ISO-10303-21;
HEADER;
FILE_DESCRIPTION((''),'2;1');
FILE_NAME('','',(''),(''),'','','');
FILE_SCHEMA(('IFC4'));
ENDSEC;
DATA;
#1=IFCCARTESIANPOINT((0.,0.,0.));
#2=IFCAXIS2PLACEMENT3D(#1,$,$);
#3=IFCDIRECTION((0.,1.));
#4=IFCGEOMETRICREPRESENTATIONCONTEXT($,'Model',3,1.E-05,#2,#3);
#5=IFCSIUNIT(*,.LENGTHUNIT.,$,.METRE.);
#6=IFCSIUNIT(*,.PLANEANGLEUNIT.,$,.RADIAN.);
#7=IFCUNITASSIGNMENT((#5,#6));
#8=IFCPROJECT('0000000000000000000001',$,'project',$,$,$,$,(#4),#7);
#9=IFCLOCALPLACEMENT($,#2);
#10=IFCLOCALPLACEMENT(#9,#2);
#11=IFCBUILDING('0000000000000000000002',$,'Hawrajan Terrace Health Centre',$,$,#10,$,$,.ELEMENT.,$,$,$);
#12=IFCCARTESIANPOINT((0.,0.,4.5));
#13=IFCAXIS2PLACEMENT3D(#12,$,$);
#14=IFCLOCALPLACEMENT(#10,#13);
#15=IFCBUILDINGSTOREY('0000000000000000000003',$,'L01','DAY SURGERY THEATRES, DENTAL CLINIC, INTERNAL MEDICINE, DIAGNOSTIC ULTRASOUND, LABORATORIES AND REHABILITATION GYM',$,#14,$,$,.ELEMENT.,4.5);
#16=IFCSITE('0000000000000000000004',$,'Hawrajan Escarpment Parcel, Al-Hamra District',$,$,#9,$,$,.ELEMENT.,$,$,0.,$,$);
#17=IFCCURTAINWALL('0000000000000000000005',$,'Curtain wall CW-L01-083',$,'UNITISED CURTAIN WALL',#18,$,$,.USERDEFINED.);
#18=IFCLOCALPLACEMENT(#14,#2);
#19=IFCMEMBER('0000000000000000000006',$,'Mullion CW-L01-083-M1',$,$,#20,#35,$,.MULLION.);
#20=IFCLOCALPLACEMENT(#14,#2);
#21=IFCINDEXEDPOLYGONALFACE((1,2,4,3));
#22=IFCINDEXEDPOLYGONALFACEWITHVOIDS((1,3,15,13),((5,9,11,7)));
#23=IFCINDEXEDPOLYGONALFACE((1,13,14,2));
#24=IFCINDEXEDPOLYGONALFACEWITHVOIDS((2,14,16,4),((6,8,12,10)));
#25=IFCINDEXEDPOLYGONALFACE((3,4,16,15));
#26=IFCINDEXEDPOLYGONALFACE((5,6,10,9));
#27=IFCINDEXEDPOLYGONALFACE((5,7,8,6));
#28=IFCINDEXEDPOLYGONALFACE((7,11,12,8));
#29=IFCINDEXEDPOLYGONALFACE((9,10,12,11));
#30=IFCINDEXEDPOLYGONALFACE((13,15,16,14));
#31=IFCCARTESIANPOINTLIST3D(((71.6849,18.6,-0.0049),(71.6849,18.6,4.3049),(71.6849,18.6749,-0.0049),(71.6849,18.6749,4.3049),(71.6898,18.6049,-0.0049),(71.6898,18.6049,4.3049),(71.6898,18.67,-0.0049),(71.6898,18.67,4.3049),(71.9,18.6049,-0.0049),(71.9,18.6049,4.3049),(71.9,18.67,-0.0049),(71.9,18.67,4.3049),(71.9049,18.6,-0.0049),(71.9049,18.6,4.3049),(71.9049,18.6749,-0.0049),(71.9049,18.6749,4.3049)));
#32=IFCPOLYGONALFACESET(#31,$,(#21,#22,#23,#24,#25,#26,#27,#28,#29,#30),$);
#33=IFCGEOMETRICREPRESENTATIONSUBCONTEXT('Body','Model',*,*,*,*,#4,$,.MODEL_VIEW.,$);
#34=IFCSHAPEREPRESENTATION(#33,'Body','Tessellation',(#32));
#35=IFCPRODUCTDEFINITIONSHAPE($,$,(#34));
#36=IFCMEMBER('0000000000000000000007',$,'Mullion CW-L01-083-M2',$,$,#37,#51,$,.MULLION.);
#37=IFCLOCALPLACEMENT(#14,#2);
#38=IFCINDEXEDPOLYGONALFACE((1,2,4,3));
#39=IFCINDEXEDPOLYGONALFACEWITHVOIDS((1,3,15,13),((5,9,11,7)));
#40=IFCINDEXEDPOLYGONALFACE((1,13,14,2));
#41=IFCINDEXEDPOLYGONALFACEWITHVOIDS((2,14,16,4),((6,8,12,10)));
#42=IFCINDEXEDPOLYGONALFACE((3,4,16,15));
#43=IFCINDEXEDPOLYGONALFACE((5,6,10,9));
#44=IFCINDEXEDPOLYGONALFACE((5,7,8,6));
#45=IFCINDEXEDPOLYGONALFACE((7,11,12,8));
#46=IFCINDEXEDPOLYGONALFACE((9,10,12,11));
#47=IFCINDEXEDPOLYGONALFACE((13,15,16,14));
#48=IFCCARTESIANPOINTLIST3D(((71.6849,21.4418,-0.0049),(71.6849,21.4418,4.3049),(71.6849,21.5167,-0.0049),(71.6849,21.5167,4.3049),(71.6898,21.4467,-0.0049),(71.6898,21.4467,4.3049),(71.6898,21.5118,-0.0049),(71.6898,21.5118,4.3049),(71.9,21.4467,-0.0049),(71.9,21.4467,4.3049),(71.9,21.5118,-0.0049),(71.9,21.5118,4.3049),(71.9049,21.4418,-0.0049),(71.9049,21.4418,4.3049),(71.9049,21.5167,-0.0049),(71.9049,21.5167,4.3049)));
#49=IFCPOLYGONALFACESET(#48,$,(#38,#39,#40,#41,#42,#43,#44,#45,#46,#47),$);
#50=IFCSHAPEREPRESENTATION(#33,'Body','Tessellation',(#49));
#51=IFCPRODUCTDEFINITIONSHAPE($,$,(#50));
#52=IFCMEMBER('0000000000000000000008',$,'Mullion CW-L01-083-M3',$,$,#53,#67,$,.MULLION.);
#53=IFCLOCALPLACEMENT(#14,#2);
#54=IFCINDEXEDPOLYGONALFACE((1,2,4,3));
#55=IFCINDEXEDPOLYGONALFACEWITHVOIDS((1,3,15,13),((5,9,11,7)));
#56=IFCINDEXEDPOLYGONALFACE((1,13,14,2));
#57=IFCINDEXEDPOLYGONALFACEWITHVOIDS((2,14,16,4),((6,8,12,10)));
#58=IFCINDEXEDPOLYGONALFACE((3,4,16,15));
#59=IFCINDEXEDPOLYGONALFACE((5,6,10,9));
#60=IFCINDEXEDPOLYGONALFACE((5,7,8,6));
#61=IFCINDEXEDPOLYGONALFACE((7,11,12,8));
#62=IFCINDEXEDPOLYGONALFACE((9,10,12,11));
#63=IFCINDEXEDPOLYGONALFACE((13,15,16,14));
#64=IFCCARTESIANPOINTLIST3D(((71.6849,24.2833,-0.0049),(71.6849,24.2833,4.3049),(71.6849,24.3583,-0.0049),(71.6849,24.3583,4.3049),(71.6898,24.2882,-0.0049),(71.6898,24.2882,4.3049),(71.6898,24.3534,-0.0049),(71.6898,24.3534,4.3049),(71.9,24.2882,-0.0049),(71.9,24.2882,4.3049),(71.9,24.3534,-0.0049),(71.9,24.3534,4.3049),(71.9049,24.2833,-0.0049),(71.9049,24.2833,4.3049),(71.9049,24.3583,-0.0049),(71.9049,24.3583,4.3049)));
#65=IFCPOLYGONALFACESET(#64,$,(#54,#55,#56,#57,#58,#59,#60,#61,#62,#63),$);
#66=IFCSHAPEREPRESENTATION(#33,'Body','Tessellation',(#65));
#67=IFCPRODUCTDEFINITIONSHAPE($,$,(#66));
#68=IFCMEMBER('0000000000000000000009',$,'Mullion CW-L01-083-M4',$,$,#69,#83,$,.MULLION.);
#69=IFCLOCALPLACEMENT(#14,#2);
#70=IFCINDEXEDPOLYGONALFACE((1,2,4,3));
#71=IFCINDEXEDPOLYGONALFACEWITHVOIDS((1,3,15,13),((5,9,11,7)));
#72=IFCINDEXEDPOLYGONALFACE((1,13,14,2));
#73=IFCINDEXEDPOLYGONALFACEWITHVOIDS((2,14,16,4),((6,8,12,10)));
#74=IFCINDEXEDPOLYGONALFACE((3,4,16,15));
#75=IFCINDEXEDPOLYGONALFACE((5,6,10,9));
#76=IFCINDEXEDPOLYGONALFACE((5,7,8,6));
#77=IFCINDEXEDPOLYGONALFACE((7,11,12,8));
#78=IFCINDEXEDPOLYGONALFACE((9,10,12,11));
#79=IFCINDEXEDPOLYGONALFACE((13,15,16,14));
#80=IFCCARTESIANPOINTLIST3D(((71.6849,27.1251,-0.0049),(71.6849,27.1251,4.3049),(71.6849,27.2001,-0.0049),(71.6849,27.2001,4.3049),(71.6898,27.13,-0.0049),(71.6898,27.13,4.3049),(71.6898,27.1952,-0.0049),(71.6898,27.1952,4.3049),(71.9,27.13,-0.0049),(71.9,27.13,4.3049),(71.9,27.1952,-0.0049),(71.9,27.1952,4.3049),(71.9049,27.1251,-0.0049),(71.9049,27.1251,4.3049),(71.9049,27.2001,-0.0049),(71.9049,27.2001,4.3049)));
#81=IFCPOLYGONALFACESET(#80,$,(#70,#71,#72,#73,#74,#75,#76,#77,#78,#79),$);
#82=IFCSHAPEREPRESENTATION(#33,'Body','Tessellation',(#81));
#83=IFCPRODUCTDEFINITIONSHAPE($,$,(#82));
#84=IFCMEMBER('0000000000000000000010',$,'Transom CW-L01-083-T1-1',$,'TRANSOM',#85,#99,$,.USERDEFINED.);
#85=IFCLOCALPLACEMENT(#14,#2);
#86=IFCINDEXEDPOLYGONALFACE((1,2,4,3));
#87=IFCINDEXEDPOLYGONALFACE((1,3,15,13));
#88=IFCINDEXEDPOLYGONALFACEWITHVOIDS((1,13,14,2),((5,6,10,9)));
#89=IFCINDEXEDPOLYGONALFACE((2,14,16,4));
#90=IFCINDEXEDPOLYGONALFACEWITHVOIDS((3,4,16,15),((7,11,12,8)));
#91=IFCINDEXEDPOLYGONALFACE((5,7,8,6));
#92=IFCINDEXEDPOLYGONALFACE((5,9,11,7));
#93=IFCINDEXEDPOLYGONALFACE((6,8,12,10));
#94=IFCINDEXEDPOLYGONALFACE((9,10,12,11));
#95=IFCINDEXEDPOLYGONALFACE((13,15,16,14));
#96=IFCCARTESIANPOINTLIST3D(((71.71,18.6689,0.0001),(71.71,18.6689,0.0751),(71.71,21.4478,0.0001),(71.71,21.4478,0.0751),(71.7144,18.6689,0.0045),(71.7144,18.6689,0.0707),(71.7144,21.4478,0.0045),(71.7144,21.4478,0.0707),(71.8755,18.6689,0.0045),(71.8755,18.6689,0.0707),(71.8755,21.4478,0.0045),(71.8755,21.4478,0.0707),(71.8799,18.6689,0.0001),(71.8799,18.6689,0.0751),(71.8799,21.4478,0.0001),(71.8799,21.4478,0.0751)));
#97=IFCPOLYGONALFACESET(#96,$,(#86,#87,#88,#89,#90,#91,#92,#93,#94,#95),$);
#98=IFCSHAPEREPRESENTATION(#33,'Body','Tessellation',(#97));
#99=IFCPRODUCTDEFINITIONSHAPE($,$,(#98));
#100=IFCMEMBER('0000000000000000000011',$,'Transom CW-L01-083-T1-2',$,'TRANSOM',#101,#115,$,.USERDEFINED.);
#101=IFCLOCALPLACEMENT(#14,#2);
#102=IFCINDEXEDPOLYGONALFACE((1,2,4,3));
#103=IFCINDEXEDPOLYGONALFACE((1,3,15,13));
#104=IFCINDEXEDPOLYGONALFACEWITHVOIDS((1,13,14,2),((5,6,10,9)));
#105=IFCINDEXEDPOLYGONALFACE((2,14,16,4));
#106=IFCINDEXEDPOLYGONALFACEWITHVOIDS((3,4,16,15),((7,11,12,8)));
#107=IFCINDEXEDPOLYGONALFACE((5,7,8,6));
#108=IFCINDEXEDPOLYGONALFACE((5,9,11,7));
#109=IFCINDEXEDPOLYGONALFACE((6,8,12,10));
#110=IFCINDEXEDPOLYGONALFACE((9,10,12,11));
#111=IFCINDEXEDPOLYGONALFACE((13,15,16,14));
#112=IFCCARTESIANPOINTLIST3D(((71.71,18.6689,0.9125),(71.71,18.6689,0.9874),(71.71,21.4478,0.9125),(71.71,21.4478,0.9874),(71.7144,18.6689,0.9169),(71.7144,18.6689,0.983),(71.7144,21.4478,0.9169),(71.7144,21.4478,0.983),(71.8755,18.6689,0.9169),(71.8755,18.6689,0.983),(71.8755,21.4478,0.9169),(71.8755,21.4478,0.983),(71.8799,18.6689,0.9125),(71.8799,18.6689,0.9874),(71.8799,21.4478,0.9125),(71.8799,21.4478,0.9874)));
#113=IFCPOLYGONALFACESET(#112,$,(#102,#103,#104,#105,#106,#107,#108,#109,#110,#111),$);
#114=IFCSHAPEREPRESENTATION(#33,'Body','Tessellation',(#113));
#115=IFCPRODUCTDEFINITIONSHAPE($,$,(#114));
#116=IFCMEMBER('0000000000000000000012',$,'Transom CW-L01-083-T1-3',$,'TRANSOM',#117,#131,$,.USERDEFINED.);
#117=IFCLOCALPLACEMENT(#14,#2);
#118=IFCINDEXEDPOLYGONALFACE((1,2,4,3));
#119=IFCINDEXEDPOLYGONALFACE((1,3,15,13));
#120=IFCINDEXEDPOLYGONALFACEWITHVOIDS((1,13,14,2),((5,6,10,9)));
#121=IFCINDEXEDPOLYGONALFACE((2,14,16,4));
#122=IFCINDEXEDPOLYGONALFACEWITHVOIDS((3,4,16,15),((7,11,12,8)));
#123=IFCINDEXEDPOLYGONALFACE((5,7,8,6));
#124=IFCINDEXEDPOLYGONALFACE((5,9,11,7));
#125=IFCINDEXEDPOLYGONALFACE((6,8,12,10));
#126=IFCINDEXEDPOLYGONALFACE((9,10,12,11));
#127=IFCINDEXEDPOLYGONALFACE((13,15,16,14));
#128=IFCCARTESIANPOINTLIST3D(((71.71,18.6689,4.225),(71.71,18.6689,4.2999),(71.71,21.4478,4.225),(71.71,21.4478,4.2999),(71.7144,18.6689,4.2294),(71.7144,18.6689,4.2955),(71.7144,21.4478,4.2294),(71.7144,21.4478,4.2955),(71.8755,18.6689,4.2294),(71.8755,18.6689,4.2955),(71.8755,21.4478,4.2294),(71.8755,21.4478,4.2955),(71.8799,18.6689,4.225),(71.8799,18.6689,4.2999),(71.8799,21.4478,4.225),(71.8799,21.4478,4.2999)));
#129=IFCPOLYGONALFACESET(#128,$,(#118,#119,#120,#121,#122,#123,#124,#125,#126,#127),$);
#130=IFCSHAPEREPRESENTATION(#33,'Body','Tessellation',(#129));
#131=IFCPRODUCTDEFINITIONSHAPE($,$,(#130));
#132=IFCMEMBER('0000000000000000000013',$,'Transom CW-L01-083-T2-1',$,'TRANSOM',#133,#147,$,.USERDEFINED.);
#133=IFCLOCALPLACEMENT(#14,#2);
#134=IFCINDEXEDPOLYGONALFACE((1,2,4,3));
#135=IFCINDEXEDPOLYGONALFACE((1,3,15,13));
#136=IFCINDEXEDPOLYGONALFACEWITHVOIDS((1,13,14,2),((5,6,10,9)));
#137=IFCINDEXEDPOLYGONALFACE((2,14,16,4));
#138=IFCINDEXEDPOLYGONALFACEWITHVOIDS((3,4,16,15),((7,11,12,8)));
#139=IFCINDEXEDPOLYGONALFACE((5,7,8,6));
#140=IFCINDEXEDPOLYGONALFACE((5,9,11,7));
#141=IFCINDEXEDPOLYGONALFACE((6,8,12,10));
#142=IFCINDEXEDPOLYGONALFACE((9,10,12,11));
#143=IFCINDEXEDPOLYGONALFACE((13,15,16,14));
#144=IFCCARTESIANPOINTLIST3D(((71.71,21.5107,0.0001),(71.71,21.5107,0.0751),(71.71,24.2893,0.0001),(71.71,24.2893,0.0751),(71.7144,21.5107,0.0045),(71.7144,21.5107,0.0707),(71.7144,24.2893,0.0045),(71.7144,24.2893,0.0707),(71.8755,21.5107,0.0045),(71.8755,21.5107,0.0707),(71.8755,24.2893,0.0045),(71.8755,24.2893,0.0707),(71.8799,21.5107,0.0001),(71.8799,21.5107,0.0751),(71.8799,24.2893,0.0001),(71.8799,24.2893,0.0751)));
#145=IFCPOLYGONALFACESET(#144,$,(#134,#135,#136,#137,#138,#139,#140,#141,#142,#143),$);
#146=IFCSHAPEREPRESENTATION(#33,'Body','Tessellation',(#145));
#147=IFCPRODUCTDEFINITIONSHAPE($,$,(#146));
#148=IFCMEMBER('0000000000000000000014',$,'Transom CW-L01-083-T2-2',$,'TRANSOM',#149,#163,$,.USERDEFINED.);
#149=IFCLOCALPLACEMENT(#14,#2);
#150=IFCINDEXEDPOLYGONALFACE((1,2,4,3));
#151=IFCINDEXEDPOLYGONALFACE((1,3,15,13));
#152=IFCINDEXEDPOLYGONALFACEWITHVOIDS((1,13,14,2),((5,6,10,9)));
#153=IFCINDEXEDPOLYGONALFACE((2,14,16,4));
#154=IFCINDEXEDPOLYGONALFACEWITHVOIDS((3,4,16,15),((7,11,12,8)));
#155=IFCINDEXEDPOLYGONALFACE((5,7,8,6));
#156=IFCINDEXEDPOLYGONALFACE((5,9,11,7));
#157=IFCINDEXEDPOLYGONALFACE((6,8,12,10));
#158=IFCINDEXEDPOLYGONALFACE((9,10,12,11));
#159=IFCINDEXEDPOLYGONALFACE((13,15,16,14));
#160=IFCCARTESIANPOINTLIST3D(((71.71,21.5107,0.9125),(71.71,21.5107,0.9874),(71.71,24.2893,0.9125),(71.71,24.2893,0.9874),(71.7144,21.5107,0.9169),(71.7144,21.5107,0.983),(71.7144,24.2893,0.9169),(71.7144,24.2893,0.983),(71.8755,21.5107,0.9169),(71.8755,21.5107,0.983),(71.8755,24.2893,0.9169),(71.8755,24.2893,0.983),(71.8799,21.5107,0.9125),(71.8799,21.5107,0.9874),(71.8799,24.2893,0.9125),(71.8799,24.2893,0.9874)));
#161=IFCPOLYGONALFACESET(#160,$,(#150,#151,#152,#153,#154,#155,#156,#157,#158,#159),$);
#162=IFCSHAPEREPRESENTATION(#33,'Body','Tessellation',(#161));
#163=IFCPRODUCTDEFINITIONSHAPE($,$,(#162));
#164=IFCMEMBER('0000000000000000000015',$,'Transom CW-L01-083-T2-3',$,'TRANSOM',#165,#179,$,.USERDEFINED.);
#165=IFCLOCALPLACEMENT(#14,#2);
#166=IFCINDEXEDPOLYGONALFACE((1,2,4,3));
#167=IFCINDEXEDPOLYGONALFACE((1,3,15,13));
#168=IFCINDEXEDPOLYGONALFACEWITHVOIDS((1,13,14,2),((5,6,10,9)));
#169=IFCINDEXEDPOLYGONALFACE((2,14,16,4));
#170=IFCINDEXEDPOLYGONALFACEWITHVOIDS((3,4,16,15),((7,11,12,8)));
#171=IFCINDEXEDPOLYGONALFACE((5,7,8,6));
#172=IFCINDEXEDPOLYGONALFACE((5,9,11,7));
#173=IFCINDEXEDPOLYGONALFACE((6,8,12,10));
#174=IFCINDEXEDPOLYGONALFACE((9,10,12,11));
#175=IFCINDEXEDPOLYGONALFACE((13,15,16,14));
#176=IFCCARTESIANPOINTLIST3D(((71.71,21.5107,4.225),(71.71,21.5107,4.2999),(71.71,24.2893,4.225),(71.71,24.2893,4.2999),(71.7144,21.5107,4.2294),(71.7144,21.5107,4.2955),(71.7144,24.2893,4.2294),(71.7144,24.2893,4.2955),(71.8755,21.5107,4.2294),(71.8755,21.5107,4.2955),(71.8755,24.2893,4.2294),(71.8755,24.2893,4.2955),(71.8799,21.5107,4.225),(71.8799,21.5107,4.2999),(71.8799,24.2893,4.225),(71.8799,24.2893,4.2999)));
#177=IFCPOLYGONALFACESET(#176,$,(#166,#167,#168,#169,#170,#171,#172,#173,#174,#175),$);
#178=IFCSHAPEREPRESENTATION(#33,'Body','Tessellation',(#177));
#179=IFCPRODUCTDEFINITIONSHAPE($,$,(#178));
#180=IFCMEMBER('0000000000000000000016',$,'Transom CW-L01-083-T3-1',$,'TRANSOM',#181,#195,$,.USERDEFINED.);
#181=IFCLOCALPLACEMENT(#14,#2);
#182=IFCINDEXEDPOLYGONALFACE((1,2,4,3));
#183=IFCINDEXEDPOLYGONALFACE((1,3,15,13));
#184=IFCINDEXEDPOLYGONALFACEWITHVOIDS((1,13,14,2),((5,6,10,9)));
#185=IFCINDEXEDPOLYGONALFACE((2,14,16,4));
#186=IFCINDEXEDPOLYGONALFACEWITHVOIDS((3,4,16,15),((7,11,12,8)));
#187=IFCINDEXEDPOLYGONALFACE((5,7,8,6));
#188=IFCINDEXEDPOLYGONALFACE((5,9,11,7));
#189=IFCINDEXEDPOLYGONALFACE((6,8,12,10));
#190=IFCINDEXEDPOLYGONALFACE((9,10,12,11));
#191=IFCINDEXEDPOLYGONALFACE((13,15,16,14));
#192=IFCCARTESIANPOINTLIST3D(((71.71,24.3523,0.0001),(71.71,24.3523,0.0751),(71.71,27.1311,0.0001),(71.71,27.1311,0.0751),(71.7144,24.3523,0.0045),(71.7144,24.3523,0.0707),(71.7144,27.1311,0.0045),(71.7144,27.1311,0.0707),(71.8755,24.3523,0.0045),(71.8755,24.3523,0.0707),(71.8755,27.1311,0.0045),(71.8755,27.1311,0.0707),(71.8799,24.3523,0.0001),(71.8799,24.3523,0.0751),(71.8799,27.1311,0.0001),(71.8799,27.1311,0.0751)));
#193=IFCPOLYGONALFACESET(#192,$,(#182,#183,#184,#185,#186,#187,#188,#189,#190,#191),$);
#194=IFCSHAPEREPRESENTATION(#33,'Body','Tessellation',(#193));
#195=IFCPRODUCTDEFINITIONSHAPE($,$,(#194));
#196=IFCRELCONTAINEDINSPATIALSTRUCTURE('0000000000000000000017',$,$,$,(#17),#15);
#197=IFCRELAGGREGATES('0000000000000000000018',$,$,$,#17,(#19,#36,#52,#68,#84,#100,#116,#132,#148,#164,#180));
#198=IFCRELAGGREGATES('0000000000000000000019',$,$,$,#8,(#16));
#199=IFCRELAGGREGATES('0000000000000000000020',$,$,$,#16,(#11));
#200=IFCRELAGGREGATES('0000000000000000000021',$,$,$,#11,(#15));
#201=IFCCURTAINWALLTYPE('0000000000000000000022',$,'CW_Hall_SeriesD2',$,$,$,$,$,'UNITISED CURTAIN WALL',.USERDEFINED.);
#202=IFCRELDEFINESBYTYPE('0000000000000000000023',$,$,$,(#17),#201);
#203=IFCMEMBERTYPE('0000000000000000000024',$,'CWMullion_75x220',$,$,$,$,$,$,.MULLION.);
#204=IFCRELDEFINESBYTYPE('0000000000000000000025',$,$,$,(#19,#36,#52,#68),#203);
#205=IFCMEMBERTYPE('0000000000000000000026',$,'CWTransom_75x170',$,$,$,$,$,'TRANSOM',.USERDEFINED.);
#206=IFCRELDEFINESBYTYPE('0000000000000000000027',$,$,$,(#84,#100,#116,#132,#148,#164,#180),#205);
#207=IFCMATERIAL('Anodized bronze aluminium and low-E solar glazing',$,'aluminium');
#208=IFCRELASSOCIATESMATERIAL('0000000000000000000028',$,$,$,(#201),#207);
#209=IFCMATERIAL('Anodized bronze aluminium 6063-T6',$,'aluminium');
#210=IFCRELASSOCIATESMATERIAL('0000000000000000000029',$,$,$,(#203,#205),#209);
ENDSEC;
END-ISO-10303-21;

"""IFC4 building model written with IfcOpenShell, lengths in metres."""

from ifc_helpers import new_model, si_unit, direction, frame, origin, origin_2d, place, context, subcontext, project, spatial, hollow_rectangle, extrude, material, material_profile, profile_set, type_object, element, aggregate, save


model = new_model("IFC4")

# Units and contexts
model_context = context("Model", 3, precision=1e-05, world=origin(), true_north=direction((0.0, 1.0)))
body_context = subcontext(model_context, "Body", "Model", "MODEL_VIEW")
ifc_project = project(units=[si_unit("LENGTHUNIT", "METRE"), si_unit("PLANEANGLEUNIT", "RADIAN")], contexts=[model_context])

# Site, building, storey
site_placement = place(None, origin())
site = spatial("IfcSite", under=ifc_project, at=site_placement, Name="Hawrajan Escarpment Parcel, Al-Hamra District", CompositionType="ELEMENT", RefElevation=0.0)
building_placement = place(site_placement, origin())
building = spatial("IfcBuilding", under=site, at=building_placement, Name="Hawrajan Terrace Health Centre", CompositionType="ELEMENT")
storey_placement = place(building_placement, frame((0.0, 0.0, 4.5)))
storey = spatial("IfcBuildingStorey", under=building, at=storey_placement, Name="L01", Description="DAY SURGERY THEATRES, DENTAL CLINIC, INTERNAL MEDICINE, DIAGNOSTIC ULTRASOUND, LABORATORIES AND REHABILITATION GYM", CompositionType="ELEMENT", Elevation=4.5)

# Curtain wall, members
ifc_material_1 = material(Name="Anodized bronze aluminium and low-E solar glazing", Category="aluminium")
curtain_wall_type = type_object("IfcCurtainWallType", Name="CW_Hall_SeriesD2", ElementType="UNITISED CURTAIN WALL", PredefinedType="USERDEFINED", material=ifc_material_1)
curtain_wall_placement = place(storey_placement, origin())
curtain_wall = element("IfcCurtainWall", 1, at=curtain_wall_placement, inside=storey, type_object=curtain_wall_type, Name="Curtain wall CW-L01-083", ObjectType="UNITISED CURTAIN WALL", PredefinedType="USERDEFINED")
ifc_material_2 = material(Name="Anodized bronze aluminium 6063-T6", Category="aluminium")
ifc_material_profile_1 = material_profile(ifc_material_2, hollow_rectangle(XDim=0.075, YDim=0.22, WallThickness=0.0049, at=origin_2d()), Name="CW MUL 75x220")
ifc_profile_set_1 = profile_set([ifc_material_profile_1], Name="Anodized bronze aluminium 6063-T6")
member_type_1 = type_object("IfcMemberType", Name="CWMullion_75x220", PredefinedType="MULLION", material=ifc_profile_set_1)
member_1_placement = place(storey_placement, frame((71.7949, 18.6375, -0.0049), z_axis=(0.0, 0.0, 1.0), x_axis=(0.0, 1.0, 0.0)))
member_1 = element("IfcMember", 2, at=member_1_placement, type_object=member_type_1, Name="Mullion CW-L01-083-M1", PredefinedType="MULLION", context=body_context, shape_type="SweptSolid", body=[
    extrude(hollow_rectangle(XDim=0.075, YDim=0.22, WallThickness=0.0049, at=origin_2d()), origin(), (0.0, 0.0, 1.0), 4.3098),
])
member_2_placement = place(storey_placement, frame((71.7949, 21.4792, -0.0049), z_axis=(0.0, 0.0, 1.0), x_axis=(0.0, 1.0, 0.0)))
member_2 = element("IfcMember", 3, at=member_2_placement, type_object=member_type_1, Name="Mullion CW-L01-083-M2", PredefinedType="MULLION", context=body_context, shape_type="SweptSolid", body=[
    extrude(hollow_rectangle(XDim=0.075, YDim=0.22, WallThickness=0.0049, at=origin_2d()), origin(), (0.0, 0.0, 1.0), 4.3098),
])
member_3_placement = place(storey_placement, frame((71.7949, 24.3208, -0.0049), z_axis=(0.0, 0.0, 1.0), x_axis=(0.0, 1.0, 0.0)))
member_3 = element("IfcMember", 4, at=member_3_placement, type_object=member_type_1, Name="Mullion CW-L01-083-M3", PredefinedType="MULLION", context=body_context, shape_type="SweptSolid", body=[
    extrude(hollow_rectangle(XDim=0.075, YDim=0.22, WallThickness=0.0049, at=origin_2d()), origin(), (0.0, 0.0, 1.0), 4.3098),
])
member_4_placement = place(storey_placement, frame((71.7949, 27.1626, -0.0049), z_axis=(0.0, 0.0, 1.0), x_axis=(0.0, 1.0, 0.0)))
member_4 = element("IfcMember", 5, at=member_4_placement, type_object=member_type_1, Name="Mullion CW-L01-083-M4", PredefinedType="MULLION", context=body_context, shape_type="SweptSolid", body=[
    extrude(hollow_rectangle(XDim=0.075, YDim=0.22, WallThickness=0.0049, at=origin_2d()), origin(), (0.0, 0.0, 1.0), 4.3098),
])
ifc_material_profile_2 = material_profile(ifc_material_2, hollow_rectangle(XDim=0.075, YDim=0.1699, WallThickness=0.0044, at=origin_2d()), Name="CW TRN 75x170")
ifc_profile_set_2 = profile_set([ifc_material_profile_2], Name="Anodized bronze aluminium 6063-T6")
member_type_2 = type_object("IfcMemberType", Name="CWTransom_75x170", ElementType="TRANSOM", PredefinedType="USERDEFINED", material=ifc_profile_set_2)
member_5_placement = place(storey_placement, frame((71.7949, 18.6689, 0.0376), z_axis=(0.0, 1.0, 0.0), x_axis=(0.0, 0.0, 1.0)))
member_5 = element("IfcMember", 6, at=member_5_placement, type_object=member_type_2, Name="Transom CW-L01-083-T1-1", ObjectType="TRANSOM", PredefinedType="USERDEFINED", context=body_context, shape_type="SweptSolid", body=[
    extrude(hollow_rectangle(XDim=0.075, YDim=0.1699, WallThickness=0.0044, at=origin_2d()), origin(), (0.0, 0.0, 1.0), 2.7788),
])
member_6_placement = place(storey_placement, frame((71.7949, 18.6689, 0.95), z_axis=(0.0, 1.0, 0.0), x_axis=(0.0, 0.0, 1.0)))
member_6 = element("IfcMember", 7, at=member_6_placement, type_object=member_type_2, Name="Transom CW-L01-083-T1-2", ObjectType="TRANSOM", PredefinedType="USERDEFINED", context=body_context, shape_type="SweptSolid", body=[
    extrude(hollow_rectangle(XDim=0.075, YDim=0.1699, WallThickness=0.0044, at=origin_2d()), origin(), (0.0, 0.0, 1.0), 2.7788),
])
member_7_placement = place(storey_placement, frame((71.7949, 18.6689, 4.2625), z_axis=(0.0, 1.0, 0.0), x_axis=(0.0, 0.0, 1.0)))
member_7 = element("IfcMember", 8, at=member_7_placement, type_object=member_type_2, Name="Transom CW-L01-083-T1-3", ObjectType="TRANSOM", PredefinedType="USERDEFINED", context=body_context, shape_type="SweptSolid", body=[
    extrude(hollow_rectangle(XDim=0.075, YDim=0.1699, WallThickness=0.0044, at=origin_2d()), origin(), (0.0, 0.0, 1.0), 2.7788),
])
member_8_placement = place(storey_placement, frame((71.7949, 21.5107, 0.0376), z_axis=(0.0, 1.0, 0.0), x_axis=(0.0, 0.0, 1.0)))
member_8 = element("IfcMember", 9, at=member_8_placement, type_object=member_type_2, Name="Transom CW-L01-083-T2-1", ObjectType="TRANSOM", PredefinedType="USERDEFINED", context=body_context, shape_type="SweptSolid", body=[
    extrude(hollow_rectangle(XDim=0.075, YDim=0.1699, WallThickness=0.0044, at=origin_2d()), origin(), (0.0, 0.0, 1.0), 2.7786),
])
member_9_placement = place(storey_placement, frame((71.7949, 21.5107, 0.95), z_axis=(0.0, 1.0, 0.0), x_axis=(0.0, 0.0, 1.0)))
member_9 = element("IfcMember", 10, at=member_9_placement, type_object=member_type_2, Name="Transom CW-L01-083-T2-2", ObjectType="TRANSOM", PredefinedType="USERDEFINED", context=body_context, shape_type="SweptSolid", body=[
    extrude(hollow_rectangle(XDim=0.075, YDim=0.1699, WallThickness=0.0044, at=origin_2d()), origin(), (0.0, 0.0, 1.0), 2.7786),
])
member_10_placement = place(storey_placement, frame((71.7949, 21.5107, 4.2625), z_axis=(0.0, 1.0, 0.0), x_axis=(0.0, 0.0, 1.0)))
member_10 = element("IfcMember", 11, at=member_10_placement, type_object=member_type_2, Name="Transom CW-L01-083-T2-3", ObjectType="TRANSOM", PredefinedType="USERDEFINED", context=body_context, shape_type="SweptSolid", body=[
    extrude(hollow_rectangle(XDim=0.075, YDim=0.1699, WallThickness=0.0044, at=origin_2d()), origin(), (0.0, 0.0, 1.0), 2.7786),
])
member_11_placement = place(storey_placement, frame((71.7949, 24.3523, 0.0376), z_axis=(0.0, 1.0, 0.0), x_axis=(0.0, 0.0, 1.0)))
member_11 = element("IfcMember", 12, at=member_11_placement, type_object=member_type_2, Name="Transom CW-L01-083-T3-1", ObjectType="TRANSOM", PredefinedType="USERDEFINED", context=body_context, shape_type="SweptSolid", body=[
    extrude(hollow_rectangle(XDim=0.075, YDim=0.1699, WallThickness=0.0044, at=origin_2d()), origin(), (0.0, 0.0, 1.0), 2.7788),
])

aggregate(curtain_wall, [member_1, member_2, member_3, member_4, member_5, member_6, member_7, member_8, member_9, member_10, member_11])

save(model, "model.ifc")
